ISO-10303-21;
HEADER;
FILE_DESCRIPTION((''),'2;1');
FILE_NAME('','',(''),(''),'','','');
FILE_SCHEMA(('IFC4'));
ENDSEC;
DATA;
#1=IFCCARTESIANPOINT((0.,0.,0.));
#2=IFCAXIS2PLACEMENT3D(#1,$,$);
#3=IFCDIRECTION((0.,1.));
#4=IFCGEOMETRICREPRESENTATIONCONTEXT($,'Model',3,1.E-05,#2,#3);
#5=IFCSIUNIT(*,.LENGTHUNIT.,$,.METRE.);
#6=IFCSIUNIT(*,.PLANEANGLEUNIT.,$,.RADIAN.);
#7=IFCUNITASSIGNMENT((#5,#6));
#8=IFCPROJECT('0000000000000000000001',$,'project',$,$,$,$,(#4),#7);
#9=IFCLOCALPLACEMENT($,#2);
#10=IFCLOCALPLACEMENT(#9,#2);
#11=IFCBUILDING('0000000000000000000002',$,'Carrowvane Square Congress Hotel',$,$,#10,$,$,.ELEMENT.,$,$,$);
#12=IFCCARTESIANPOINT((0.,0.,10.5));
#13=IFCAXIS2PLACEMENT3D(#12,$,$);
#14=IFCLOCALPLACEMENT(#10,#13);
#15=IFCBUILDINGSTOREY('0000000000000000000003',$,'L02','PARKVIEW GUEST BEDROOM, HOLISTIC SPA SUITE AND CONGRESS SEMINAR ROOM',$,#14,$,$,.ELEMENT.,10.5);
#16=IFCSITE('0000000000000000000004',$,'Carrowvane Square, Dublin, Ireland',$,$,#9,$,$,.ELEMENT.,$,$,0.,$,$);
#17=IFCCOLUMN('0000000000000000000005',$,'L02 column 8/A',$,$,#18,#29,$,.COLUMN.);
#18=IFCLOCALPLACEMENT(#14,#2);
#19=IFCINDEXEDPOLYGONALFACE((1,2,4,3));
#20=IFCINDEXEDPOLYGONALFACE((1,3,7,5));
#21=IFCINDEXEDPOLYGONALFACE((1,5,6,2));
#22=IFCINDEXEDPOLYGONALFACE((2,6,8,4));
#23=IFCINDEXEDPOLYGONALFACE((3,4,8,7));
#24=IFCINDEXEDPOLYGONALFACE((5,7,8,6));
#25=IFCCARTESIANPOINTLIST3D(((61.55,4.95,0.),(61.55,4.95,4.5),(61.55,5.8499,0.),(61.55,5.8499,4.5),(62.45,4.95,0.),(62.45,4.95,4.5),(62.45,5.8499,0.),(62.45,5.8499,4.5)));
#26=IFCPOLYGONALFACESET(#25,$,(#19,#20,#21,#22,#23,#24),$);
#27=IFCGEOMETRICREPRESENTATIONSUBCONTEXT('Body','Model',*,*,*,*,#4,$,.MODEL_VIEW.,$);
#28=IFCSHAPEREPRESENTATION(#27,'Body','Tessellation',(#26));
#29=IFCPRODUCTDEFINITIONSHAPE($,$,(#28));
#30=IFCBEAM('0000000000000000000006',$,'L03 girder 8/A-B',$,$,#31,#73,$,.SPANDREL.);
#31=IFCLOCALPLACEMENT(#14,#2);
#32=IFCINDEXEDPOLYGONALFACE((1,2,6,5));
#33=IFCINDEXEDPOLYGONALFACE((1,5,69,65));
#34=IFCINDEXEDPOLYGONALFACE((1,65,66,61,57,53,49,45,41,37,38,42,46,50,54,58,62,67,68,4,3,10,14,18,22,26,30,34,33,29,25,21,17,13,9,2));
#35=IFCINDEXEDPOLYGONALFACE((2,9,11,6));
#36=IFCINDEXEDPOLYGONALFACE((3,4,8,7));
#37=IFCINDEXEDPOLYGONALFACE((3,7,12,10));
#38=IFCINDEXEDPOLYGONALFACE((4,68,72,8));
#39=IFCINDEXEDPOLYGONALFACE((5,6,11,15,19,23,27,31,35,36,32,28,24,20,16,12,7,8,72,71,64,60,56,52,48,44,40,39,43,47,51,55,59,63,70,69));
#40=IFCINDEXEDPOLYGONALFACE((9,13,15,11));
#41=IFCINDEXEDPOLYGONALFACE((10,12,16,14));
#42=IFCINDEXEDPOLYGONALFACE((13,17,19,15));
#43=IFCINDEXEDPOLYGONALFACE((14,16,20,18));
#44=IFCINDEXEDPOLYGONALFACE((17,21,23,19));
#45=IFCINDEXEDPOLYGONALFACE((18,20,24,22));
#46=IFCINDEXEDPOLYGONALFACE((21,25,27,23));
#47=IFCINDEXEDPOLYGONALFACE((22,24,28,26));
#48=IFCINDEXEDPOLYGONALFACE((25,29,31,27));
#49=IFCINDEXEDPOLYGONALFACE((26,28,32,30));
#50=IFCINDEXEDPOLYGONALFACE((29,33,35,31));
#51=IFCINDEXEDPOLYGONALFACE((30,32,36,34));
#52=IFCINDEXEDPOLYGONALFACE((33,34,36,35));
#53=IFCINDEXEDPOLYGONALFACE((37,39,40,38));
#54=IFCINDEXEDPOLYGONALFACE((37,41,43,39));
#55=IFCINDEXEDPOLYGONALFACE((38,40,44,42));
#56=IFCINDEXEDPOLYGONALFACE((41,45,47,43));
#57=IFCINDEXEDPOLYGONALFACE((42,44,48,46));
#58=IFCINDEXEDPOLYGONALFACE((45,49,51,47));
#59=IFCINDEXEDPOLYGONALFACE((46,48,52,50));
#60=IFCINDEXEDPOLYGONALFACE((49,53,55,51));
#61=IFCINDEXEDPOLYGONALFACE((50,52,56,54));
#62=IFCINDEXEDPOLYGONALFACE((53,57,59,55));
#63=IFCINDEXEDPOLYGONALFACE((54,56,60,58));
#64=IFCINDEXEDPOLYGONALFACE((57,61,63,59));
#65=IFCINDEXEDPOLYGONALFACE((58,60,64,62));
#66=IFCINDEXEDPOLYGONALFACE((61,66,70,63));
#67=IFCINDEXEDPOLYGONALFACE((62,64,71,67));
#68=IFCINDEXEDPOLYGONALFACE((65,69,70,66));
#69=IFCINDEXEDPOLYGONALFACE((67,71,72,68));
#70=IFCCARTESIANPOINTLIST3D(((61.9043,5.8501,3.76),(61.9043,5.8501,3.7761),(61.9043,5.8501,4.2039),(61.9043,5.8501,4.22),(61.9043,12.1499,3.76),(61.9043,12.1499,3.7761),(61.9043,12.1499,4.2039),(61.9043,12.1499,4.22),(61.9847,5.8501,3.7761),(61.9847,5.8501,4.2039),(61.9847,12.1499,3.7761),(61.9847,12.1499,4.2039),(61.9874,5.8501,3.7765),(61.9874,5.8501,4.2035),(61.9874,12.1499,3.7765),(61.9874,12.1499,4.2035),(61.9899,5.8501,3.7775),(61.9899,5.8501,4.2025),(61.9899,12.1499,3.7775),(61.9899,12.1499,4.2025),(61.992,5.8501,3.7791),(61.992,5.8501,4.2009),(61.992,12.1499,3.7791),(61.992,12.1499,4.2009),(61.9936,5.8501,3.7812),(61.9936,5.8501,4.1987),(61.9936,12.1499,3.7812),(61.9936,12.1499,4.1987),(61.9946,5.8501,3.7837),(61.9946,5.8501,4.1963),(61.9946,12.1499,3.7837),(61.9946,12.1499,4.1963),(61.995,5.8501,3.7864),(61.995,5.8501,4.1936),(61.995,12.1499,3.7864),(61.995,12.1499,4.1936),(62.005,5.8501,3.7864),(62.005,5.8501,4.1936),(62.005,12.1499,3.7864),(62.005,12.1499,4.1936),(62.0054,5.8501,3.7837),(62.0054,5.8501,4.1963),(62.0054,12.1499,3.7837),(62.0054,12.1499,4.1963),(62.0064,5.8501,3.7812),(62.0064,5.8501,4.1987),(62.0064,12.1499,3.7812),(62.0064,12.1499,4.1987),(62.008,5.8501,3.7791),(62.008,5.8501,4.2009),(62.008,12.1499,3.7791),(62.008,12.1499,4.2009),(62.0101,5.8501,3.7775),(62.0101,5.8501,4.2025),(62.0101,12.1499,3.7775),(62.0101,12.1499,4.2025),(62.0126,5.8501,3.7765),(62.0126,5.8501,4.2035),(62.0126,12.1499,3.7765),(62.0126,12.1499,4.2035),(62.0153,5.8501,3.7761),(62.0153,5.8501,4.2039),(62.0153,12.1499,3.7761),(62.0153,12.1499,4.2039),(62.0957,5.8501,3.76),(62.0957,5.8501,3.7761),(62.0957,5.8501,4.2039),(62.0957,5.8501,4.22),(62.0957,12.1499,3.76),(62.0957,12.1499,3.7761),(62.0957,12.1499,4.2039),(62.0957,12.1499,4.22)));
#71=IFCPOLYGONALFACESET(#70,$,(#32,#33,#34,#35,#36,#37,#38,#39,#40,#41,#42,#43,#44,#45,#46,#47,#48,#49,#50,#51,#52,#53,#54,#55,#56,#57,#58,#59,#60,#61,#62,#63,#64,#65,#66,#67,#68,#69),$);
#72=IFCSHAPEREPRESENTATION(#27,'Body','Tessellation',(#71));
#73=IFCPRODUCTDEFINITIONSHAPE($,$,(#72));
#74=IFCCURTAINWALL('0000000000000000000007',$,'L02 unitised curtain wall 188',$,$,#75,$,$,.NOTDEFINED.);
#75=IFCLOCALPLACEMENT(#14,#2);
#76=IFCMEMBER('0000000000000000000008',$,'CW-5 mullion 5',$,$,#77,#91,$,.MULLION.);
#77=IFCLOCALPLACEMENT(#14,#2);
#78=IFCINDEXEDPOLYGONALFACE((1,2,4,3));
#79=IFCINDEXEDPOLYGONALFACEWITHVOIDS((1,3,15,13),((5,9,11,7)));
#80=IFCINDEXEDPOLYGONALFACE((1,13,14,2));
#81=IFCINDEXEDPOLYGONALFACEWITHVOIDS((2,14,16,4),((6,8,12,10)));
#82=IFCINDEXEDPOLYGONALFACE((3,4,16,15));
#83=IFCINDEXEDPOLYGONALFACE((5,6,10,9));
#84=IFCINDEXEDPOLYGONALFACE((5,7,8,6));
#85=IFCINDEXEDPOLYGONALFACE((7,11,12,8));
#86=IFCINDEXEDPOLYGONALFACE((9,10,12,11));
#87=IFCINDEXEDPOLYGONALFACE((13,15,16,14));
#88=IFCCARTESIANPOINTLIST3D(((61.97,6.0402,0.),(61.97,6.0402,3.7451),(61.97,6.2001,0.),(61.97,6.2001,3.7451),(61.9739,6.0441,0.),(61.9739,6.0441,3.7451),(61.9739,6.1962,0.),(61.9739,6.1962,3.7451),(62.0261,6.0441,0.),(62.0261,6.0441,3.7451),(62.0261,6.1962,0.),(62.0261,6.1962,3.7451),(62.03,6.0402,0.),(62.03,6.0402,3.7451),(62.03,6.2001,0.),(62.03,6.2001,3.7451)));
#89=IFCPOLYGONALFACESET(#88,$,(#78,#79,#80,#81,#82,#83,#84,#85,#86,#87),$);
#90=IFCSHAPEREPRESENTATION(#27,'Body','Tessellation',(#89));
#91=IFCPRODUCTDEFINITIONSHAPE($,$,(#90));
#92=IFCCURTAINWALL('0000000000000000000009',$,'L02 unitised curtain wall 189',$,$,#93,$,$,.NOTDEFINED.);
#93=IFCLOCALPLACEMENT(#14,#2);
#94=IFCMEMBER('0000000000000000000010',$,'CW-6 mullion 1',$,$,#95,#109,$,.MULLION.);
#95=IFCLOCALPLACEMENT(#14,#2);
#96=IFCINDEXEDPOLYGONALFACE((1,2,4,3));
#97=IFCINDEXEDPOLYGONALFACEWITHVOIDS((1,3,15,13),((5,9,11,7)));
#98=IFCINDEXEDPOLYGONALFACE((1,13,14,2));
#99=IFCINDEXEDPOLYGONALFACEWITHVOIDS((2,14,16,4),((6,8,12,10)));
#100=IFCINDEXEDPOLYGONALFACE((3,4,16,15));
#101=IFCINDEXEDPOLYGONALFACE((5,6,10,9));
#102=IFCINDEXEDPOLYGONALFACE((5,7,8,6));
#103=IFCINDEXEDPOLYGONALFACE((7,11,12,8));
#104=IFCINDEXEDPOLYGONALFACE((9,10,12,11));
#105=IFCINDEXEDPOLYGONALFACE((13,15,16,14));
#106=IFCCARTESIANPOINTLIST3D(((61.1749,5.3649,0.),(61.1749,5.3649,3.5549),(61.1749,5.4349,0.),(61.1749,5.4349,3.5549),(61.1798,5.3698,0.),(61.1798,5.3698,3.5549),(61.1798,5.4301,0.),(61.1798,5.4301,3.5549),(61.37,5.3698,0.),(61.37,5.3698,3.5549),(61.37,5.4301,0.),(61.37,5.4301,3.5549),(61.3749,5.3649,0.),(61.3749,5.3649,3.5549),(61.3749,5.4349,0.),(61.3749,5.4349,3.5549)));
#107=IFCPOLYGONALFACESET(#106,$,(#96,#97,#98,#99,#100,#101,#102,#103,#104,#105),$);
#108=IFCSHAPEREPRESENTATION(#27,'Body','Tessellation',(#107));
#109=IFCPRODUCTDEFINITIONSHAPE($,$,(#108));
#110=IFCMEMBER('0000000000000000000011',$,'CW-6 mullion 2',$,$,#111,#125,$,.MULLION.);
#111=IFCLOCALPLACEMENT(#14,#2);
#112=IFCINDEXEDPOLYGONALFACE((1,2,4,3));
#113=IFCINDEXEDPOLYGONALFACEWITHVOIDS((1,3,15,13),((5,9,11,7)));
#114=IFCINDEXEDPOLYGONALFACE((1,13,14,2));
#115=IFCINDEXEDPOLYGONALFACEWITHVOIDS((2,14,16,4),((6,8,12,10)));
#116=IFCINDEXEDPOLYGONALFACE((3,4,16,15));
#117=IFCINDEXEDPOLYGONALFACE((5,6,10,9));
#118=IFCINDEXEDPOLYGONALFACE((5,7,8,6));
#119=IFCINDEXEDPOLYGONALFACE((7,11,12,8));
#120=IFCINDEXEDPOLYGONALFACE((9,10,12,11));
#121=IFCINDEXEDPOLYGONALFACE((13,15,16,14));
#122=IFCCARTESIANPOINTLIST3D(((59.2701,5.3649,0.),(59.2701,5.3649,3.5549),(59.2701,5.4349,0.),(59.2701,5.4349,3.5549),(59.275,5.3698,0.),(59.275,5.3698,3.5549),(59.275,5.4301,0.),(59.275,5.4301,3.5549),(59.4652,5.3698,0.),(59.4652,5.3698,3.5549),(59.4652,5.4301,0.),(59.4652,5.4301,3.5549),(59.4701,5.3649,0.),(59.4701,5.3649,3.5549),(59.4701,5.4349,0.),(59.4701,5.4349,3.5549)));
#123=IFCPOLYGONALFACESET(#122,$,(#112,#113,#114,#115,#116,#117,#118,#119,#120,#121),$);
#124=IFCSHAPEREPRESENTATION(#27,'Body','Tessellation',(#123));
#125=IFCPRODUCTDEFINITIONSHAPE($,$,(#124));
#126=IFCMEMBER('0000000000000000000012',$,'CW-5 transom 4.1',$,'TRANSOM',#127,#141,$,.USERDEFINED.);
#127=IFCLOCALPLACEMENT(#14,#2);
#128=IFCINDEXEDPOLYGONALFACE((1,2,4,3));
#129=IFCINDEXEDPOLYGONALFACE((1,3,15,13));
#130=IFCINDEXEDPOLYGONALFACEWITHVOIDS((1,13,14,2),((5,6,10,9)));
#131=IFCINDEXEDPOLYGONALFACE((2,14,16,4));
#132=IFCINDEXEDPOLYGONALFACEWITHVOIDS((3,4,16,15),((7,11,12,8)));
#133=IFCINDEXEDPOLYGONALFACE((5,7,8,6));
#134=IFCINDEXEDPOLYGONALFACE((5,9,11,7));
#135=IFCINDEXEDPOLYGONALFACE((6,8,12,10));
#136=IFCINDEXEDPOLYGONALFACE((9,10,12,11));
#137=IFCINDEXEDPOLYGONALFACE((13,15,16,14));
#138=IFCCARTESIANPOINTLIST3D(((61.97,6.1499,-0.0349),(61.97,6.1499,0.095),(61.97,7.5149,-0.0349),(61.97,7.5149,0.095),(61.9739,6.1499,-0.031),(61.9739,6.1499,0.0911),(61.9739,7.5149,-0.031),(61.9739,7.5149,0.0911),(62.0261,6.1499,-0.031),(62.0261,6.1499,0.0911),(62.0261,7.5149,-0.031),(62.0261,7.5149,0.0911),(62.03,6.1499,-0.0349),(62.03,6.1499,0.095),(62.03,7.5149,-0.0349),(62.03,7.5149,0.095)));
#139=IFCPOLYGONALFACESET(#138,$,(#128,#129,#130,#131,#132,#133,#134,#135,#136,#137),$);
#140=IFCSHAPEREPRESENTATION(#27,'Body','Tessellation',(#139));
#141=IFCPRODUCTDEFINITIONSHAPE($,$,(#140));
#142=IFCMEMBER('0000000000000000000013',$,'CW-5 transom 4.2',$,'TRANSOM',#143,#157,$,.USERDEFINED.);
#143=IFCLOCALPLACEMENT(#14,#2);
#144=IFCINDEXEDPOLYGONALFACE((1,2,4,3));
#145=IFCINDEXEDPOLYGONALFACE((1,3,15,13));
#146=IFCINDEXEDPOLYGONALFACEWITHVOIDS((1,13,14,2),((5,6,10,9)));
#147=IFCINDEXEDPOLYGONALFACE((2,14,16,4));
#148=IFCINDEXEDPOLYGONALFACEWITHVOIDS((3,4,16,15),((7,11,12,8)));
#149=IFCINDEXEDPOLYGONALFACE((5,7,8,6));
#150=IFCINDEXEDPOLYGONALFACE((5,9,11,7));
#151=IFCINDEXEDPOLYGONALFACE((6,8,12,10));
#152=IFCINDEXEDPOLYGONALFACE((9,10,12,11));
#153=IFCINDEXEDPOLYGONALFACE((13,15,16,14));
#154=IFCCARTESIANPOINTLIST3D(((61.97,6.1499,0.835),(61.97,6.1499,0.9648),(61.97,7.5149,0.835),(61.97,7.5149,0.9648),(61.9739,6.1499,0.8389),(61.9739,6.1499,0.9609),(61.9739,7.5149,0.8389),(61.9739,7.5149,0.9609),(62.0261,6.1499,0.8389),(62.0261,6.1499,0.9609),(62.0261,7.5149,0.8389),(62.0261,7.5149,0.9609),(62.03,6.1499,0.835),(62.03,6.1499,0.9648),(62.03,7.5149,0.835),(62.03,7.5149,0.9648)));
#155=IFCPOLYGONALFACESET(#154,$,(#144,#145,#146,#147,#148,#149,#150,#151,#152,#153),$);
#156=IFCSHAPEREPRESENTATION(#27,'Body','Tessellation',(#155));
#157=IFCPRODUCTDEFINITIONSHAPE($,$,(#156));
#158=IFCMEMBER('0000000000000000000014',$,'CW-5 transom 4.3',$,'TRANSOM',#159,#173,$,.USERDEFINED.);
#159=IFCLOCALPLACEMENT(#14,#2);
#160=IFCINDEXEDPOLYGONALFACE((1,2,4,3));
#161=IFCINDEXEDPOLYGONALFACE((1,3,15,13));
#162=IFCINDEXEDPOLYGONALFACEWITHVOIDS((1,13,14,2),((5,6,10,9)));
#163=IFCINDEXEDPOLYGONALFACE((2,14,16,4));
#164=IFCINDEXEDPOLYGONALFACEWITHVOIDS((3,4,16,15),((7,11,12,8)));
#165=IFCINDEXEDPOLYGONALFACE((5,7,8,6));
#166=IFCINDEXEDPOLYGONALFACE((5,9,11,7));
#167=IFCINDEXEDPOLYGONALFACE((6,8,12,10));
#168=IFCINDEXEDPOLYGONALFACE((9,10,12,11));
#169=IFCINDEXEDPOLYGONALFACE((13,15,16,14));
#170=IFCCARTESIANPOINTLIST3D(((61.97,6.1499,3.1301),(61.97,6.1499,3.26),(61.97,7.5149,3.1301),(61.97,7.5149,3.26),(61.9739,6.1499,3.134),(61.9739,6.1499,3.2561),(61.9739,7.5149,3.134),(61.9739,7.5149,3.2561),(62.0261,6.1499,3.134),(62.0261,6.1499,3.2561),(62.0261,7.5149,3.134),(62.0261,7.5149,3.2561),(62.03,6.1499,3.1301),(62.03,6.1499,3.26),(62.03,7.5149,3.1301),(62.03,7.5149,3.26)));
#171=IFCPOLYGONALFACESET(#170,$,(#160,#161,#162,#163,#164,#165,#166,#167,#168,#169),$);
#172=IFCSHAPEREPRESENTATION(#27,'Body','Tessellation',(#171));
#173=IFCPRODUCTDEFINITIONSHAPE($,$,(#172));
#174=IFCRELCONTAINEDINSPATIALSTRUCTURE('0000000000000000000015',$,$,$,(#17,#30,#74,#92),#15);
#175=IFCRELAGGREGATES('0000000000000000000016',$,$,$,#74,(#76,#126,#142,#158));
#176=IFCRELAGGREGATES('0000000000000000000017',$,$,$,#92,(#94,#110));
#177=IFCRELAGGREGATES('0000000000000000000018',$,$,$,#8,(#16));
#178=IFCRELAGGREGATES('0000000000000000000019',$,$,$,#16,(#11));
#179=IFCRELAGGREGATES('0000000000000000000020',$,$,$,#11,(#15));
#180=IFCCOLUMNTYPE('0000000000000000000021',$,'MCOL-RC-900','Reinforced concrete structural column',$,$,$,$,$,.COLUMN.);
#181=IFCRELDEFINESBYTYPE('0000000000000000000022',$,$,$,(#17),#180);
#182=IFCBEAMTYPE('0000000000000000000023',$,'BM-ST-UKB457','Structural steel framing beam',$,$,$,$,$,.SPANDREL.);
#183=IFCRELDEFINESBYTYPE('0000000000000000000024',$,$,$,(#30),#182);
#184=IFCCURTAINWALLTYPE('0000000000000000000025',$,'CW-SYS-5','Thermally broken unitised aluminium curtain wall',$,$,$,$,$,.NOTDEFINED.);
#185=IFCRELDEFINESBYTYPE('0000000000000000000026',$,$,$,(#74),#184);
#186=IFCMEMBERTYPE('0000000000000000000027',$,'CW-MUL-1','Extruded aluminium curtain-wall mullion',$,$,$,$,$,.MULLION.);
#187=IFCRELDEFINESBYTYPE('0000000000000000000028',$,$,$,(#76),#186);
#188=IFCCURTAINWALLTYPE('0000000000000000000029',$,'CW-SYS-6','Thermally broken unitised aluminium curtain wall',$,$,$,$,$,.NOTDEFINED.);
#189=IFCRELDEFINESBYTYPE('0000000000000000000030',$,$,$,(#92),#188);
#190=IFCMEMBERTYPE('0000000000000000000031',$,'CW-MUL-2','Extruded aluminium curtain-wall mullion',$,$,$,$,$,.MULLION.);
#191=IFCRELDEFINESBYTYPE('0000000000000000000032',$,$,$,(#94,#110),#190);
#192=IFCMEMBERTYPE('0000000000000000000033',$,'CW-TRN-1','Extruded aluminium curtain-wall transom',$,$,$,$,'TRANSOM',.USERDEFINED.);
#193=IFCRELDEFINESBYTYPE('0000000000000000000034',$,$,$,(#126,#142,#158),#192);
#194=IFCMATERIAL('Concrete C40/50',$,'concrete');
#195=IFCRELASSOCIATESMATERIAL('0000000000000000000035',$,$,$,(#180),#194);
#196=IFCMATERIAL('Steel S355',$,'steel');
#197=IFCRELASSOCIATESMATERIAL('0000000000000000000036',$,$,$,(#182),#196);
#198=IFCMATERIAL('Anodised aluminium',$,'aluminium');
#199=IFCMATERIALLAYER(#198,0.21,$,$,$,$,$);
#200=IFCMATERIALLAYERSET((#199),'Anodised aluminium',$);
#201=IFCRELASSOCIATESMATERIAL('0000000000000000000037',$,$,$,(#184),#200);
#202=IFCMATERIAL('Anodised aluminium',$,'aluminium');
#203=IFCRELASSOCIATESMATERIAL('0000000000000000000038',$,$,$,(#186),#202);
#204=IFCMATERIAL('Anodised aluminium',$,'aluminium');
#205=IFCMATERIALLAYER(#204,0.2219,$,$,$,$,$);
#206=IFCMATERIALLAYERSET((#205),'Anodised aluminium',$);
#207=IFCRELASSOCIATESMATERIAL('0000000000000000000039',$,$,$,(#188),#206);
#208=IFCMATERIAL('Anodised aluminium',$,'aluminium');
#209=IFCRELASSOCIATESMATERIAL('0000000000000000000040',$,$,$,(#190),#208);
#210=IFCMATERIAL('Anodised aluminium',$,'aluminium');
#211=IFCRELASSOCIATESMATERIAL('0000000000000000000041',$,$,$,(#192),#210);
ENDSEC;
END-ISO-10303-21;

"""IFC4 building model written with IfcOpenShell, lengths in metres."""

from ifc_helpers import new_model, si_unit, direction, frame, origin, origin_2d, place, context, subcontext, project, spatial, rectangle, hollow_rectangle, i_section, extrude, material, layer, layer_set, material_profile, profile_set, type_object, element, aggregate, save


model = new_model("IFC4")

# Units and contexts
model_context = context("Model", 3, precision=1e-05, world=origin(), true_north=direction((0.0, 1.0)))
body_context = subcontext(model_context, "Body", "Model", "MODEL_VIEW")
ifc_project = project(units=[si_unit("LENGTHUNIT", "METRE"), si_unit("PLANEANGLEUNIT", "RADIAN")], contexts=[model_context])

# Site, building, storey
site_placement = place(None, origin())
site = spatial("IfcSite", under=ifc_project, at=site_placement, Name="Carrowvane Square, Dublin, Ireland", CompositionType="ELEMENT", RefElevation=0.0)
building_placement = place(site_placement, origin())
building = spatial("IfcBuilding", under=site, at=building_placement, Name="Carrowvane Square Congress Hotel", CompositionType="ELEMENT")
storey_placement = place(building_placement, frame((0.0, 0.0, 10.5)))
storey = spatial("IfcBuildingStorey", under=building, at=storey_placement, Name="L02", Description="PARKVIEW GUEST BEDROOM, HOLISTIC SPA SUITE AND CONGRESS SEMINAR ROOM", CompositionType="ELEMENT", Elevation=10.5)

# Column
ifc_material_1 = material(Name="Concrete C40/50", Category="concrete")
ifc_material_profile_1 = material_profile(ifc_material_1, rectangle(XDim=0.8999, YDim=0.8999, at=origin_2d()), Name="RC 900x900")
ifc_profile_set_1 = profile_set([ifc_material_profile_1], Name="Concrete C40/50")
column_type = type_object("IfcColumnType", Name="MCOL-RC-900", Description="Reinforced concrete structural column", PredefinedType="COLUMN", material=ifc_profile_set_1)
column_placement = place(storey_placement, frame((62.0, 5.3999, 0.0), z_axis=(0.0, 0.0, 1.0), x_axis=(1.0, 0.0, 0.0)))
element("IfcColumn", 1, at=column_placement, inside=storey, type_object=column_type, Name="L02 column 8/A", PredefinedType="COLUMN", context=body_context, shape_type="SweptSolid", body=[
    extrude(rectangle(XDim=0.8999, YDim=0.8999, at=origin_2d()), origin(), (0.0, 0.0, 1.0), 4.5),
])

# Beam
ifc_material_2 = material(Name="Steel S355", Category="steel")
ifc_material_profile_2 = material_profile(ifc_material_2, i_section(OverallWidth=0.1914, OverallDepth=0.46, WebThickness=0.01, FlangeThickness=0.0161, FilletRadius=0.0103, at=origin_2d()), Name="UKB 457x191x82")
ifc_profile_set_2 = profile_set([ifc_material_profile_2], Name="Steel S355")
beam_type = type_object("IfcBeamType", Name="BM-ST-UKB457", Description="Structural steel framing beam", PredefinedType="SPANDREL", material=ifc_profile_set_2)
beam_placement = place(storey_placement, frame((62.0, 5.8501, 3.99), z_axis=(0.0, 1.0, 0.0), x_axis=(-1.0, 0.0, 0.0)))
element("IfcBeam", 2, at=beam_placement, inside=storey, type_object=beam_type, Name="L03 girder 8/A-B", PredefinedType="SPANDREL", context=body_context, shape_type="SweptSolid", body=[
    extrude(i_section(OverallWidth=0.1914, OverallDepth=0.46, WebThickness=0.01, FlangeThickness=0.0161, FilletRadius=0.0103, at=origin_2d()), origin(), (0.0, 0.0, 1.0), 6.2998),
])

# Curtain wall, member
ifc_material_3 = material(Name="Anodised aluminium", Category="aluminium")
ifc_layer_1 = layer(ifc_material_3, 0.21)
ifc_layer_set_1 = layer_set([ifc_layer_1], Name="Anodised aluminium")
curtain_wall_type_1 = type_object("IfcCurtainWallType", Name="CW-SYS-5", Description="Thermally broken unitised aluminium curtain wall", PredefinedType="NOTDEFINED", material=ifc_layer_set_1)
curtain_wall_1_placement = place(storey_placement, origin())
curtain_wall_1 = element("IfcCurtainWall", 3, at=curtain_wall_1_placement, inside=storey, type_object=curtain_wall_type_1, Name="L02 unitised curtain wall 188", PredefinedType="NOTDEFINED")
ifc_material_4 = material(Name="Anodised aluminium", Category="aluminium")
ifc_material_profile_3 = material_profile(ifc_material_4, hollow_rectangle(XDim=0.0601, YDim=0.1599, WallThickness=0.0039, at=origin_2d()), Name="CW-ML 60x160x4")
ifc_profile_set_3 = profile_set([ifc_material_profile_3], Name="Anodised aluminium")
member_type_1 = type_object("IfcMemberType", Name="CW-MUL-1", Description="Extruded aluminium curtain-wall mullion", PredefinedType="MULLION", material=ifc_profile_set_3)
member_1_placement = place(storey_placement, frame((62.0, 6.1201, 0.0), z_axis=(0.0, 0.0, 1.0), x_axis=(1.0, 0.0, 0.0)))
member_1 = element("IfcMember", 4, at=member_1_placement, type_object=member_type_1, Name="CW-5 mullion 5", PredefinedType="MULLION", context=body_context, shape_type="SweptSolid", body=[
    extrude(hollow_rectangle(XDim=0.0601, YDim=0.1599, WallThickness=0.0039, at=origin_2d()), origin(), (0.0, 0.0, 1.0), 3.7451),
])

# Curtain wall, members
ifc_material_5 = material(Name="Anodised aluminium", Category="aluminium")
ifc_layer_2 = layer(ifc_material_5, 0.2219)
ifc_layer_set_2 = layer_set([ifc_layer_2], Name="Anodised aluminium")
curtain_wall_type_2 = type_object("IfcCurtainWallType", Name="CW-SYS-6", Description="Thermally broken unitised aluminium curtain wall", PredefinedType="NOTDEFINED", material=ifc_layer_set_2)
curtain_wall_2_placement = place(storey_placement, origin())
curtain_wall_2 = element("IfcCurtainWall", 5, at=curtain_wall_2_placement, inside=storey, type_object=curtain_wall_type_2, Name="L02 unitised curtain wall 189", PredefinedType="NOTDEFINED")
ifc_material_6 = material(Name="Anodised aluminium", Category="aluminium")
ifc_material_profile_4 = material_profile(ifc_material_6, hollow_rectangle(XDim=0.0701, YDim=0.2, WallThickness=0.0049, at=origin_2d()), Name="CW-ML 70x200x5")
ifc_profile_set_4 = profile_set([ifc_material_profile_4], Name="Anodised aluminium")
member_type_2 = type_object("IfcMemberType", Name="CW-MUL-2", Description="Extruded aluminium curtain-wall mullion", PredefinedType="MULLION", material=ifc_profile_set_4)
member_2_placement = place(storey_placement, frame((61.2749, 5.3999, 0.0), z_axis=(0.0, 0.0, 1.0), x_axis=(0.0, -1.0, 0.0)))
member_2 = element("IfcMember", 6, at=member_2_placement, type_object=member_type_2, Name="CW-6 mullion 1", PredefinedType="MULLION", context=body_context, shape_type="SweptSolid", body=[
    extrude(hollow_rectangle(XDim=0.0701, YDim=0.2, WallThickness=0.0049, at=origin_2d()), origin(), (0.0, 0.0, 1.0), 3.5549),
])
member_3_placement = place(storey_placement, frame((59.3701, 5.3999, 0.0), z_axis=(0.0, 0.0, 1.0), x_axis=(0.0, -1.0, 0.0)))
member_3 = element("IfcMember", 7, at=member_3_placement, type_object=member_type_2, Name="CW-6 mullion 2", PredefinedType="MULLION", context=body_context, shape_type="SweptSolid", body=[
    extrude(hollow_rectangle(XDim=0.0701, YDim=0.2, WallThickness=0.0049, at=origin_2d()), origin(), (0.0, 0.0, 1.0), 3.5549),
])

# Members
ifc_material_7 = material(Name="Anodised aluminium", Category="aluminium")
ifc_material_profile_5 = material_profile(ifc_material_7, hollow_rectangle(XDim=0.0601, YDim=0.1299, WallThickness=0.0039, at=origin_2d()), Name="CW-TR 60x130x4")
ifc_profile_set_5 = profile_set([ifc_material_profile_5], Name="Anodised aluminium")
member_type_3 = type_object("IfcMemberType", Name="CW-TRN-1", Description="Extruded aluminium curtain-wall transom", ElementType="TRANSOM", PredefinedType="USERDEFINED", material=ifc_profile_set_5)
member_4_placement = place(storey_placement, frame((62.0, 7.5149, 0.03), z_axis=(0.0, -1.0, 0.0), x_axis=(1.0, 0.0, 0.0)))
member_4 = element("IfcMember", 8, at=member_4_placement, type_object=member_type_3, Name="CW-5 transom 4.1", ObjectType="TRANSOM", PredefinedType="USERDEFINED", context=body_context, shape_type="SweptSolid", body=[
    extrude(hollow_rectangle(XDim=0.0601, YDim=0.1299, WallThickness=0.0039, at=origin_2d()), origin(), (0.0, 0.0, 1.0), 1.365),
])
member_5_placement = place(storey_placement, frame((62.0, 7.5149, 0.8999), z_axis=(0.0, -1.0, 0.0), x_axis=(1.0, 0.0, 0.0)))
member_5 = element("IfcMember", 9, at=member_5_placement, type_object=member_type_3, Name="CW-5 transom 4.2", ObjectType="TRANSOM", PredefinedType="USERDEFINED", context=body_context, shape_type="SweptSolid", body=[
    extrude(hollow_rectangle(XDim=0.0601, YDim=0.1299, WallThickness=0.0039, at=origin_2d()), origin(), (0.0, 0.0, 1.0), 1.365),
])
member_6_placement = place(storey_placement, frame((62.0, 7.5149, 3.1951), z_axis=(0.0, -1.0, 0.0), x_axis=(1.0, 0.0, 0.0)))
member_6 = element("IfcMember", 10, at=member_6_placement, type_object=member_type_3, Name="CW-5 transom 4.3", ObjectType="TRANSOM", PredefinedType="USERDEFINED", context=body_context, shape_type="SweptSolid", body=[
    extrude(hollow_rectangle(XDim=0.0601, YDim=0.1299, WallThickness=0.0039, at=origin_2d()), origin(), (0.0, 0.0, 1.0), 1.365),
])

aggregate(curtain_wall_1, [member_1, member_4, member_5, member_6])
aggregate(curtain_wall_2, [member_2, member_3])

save(model, "model.ifc")
